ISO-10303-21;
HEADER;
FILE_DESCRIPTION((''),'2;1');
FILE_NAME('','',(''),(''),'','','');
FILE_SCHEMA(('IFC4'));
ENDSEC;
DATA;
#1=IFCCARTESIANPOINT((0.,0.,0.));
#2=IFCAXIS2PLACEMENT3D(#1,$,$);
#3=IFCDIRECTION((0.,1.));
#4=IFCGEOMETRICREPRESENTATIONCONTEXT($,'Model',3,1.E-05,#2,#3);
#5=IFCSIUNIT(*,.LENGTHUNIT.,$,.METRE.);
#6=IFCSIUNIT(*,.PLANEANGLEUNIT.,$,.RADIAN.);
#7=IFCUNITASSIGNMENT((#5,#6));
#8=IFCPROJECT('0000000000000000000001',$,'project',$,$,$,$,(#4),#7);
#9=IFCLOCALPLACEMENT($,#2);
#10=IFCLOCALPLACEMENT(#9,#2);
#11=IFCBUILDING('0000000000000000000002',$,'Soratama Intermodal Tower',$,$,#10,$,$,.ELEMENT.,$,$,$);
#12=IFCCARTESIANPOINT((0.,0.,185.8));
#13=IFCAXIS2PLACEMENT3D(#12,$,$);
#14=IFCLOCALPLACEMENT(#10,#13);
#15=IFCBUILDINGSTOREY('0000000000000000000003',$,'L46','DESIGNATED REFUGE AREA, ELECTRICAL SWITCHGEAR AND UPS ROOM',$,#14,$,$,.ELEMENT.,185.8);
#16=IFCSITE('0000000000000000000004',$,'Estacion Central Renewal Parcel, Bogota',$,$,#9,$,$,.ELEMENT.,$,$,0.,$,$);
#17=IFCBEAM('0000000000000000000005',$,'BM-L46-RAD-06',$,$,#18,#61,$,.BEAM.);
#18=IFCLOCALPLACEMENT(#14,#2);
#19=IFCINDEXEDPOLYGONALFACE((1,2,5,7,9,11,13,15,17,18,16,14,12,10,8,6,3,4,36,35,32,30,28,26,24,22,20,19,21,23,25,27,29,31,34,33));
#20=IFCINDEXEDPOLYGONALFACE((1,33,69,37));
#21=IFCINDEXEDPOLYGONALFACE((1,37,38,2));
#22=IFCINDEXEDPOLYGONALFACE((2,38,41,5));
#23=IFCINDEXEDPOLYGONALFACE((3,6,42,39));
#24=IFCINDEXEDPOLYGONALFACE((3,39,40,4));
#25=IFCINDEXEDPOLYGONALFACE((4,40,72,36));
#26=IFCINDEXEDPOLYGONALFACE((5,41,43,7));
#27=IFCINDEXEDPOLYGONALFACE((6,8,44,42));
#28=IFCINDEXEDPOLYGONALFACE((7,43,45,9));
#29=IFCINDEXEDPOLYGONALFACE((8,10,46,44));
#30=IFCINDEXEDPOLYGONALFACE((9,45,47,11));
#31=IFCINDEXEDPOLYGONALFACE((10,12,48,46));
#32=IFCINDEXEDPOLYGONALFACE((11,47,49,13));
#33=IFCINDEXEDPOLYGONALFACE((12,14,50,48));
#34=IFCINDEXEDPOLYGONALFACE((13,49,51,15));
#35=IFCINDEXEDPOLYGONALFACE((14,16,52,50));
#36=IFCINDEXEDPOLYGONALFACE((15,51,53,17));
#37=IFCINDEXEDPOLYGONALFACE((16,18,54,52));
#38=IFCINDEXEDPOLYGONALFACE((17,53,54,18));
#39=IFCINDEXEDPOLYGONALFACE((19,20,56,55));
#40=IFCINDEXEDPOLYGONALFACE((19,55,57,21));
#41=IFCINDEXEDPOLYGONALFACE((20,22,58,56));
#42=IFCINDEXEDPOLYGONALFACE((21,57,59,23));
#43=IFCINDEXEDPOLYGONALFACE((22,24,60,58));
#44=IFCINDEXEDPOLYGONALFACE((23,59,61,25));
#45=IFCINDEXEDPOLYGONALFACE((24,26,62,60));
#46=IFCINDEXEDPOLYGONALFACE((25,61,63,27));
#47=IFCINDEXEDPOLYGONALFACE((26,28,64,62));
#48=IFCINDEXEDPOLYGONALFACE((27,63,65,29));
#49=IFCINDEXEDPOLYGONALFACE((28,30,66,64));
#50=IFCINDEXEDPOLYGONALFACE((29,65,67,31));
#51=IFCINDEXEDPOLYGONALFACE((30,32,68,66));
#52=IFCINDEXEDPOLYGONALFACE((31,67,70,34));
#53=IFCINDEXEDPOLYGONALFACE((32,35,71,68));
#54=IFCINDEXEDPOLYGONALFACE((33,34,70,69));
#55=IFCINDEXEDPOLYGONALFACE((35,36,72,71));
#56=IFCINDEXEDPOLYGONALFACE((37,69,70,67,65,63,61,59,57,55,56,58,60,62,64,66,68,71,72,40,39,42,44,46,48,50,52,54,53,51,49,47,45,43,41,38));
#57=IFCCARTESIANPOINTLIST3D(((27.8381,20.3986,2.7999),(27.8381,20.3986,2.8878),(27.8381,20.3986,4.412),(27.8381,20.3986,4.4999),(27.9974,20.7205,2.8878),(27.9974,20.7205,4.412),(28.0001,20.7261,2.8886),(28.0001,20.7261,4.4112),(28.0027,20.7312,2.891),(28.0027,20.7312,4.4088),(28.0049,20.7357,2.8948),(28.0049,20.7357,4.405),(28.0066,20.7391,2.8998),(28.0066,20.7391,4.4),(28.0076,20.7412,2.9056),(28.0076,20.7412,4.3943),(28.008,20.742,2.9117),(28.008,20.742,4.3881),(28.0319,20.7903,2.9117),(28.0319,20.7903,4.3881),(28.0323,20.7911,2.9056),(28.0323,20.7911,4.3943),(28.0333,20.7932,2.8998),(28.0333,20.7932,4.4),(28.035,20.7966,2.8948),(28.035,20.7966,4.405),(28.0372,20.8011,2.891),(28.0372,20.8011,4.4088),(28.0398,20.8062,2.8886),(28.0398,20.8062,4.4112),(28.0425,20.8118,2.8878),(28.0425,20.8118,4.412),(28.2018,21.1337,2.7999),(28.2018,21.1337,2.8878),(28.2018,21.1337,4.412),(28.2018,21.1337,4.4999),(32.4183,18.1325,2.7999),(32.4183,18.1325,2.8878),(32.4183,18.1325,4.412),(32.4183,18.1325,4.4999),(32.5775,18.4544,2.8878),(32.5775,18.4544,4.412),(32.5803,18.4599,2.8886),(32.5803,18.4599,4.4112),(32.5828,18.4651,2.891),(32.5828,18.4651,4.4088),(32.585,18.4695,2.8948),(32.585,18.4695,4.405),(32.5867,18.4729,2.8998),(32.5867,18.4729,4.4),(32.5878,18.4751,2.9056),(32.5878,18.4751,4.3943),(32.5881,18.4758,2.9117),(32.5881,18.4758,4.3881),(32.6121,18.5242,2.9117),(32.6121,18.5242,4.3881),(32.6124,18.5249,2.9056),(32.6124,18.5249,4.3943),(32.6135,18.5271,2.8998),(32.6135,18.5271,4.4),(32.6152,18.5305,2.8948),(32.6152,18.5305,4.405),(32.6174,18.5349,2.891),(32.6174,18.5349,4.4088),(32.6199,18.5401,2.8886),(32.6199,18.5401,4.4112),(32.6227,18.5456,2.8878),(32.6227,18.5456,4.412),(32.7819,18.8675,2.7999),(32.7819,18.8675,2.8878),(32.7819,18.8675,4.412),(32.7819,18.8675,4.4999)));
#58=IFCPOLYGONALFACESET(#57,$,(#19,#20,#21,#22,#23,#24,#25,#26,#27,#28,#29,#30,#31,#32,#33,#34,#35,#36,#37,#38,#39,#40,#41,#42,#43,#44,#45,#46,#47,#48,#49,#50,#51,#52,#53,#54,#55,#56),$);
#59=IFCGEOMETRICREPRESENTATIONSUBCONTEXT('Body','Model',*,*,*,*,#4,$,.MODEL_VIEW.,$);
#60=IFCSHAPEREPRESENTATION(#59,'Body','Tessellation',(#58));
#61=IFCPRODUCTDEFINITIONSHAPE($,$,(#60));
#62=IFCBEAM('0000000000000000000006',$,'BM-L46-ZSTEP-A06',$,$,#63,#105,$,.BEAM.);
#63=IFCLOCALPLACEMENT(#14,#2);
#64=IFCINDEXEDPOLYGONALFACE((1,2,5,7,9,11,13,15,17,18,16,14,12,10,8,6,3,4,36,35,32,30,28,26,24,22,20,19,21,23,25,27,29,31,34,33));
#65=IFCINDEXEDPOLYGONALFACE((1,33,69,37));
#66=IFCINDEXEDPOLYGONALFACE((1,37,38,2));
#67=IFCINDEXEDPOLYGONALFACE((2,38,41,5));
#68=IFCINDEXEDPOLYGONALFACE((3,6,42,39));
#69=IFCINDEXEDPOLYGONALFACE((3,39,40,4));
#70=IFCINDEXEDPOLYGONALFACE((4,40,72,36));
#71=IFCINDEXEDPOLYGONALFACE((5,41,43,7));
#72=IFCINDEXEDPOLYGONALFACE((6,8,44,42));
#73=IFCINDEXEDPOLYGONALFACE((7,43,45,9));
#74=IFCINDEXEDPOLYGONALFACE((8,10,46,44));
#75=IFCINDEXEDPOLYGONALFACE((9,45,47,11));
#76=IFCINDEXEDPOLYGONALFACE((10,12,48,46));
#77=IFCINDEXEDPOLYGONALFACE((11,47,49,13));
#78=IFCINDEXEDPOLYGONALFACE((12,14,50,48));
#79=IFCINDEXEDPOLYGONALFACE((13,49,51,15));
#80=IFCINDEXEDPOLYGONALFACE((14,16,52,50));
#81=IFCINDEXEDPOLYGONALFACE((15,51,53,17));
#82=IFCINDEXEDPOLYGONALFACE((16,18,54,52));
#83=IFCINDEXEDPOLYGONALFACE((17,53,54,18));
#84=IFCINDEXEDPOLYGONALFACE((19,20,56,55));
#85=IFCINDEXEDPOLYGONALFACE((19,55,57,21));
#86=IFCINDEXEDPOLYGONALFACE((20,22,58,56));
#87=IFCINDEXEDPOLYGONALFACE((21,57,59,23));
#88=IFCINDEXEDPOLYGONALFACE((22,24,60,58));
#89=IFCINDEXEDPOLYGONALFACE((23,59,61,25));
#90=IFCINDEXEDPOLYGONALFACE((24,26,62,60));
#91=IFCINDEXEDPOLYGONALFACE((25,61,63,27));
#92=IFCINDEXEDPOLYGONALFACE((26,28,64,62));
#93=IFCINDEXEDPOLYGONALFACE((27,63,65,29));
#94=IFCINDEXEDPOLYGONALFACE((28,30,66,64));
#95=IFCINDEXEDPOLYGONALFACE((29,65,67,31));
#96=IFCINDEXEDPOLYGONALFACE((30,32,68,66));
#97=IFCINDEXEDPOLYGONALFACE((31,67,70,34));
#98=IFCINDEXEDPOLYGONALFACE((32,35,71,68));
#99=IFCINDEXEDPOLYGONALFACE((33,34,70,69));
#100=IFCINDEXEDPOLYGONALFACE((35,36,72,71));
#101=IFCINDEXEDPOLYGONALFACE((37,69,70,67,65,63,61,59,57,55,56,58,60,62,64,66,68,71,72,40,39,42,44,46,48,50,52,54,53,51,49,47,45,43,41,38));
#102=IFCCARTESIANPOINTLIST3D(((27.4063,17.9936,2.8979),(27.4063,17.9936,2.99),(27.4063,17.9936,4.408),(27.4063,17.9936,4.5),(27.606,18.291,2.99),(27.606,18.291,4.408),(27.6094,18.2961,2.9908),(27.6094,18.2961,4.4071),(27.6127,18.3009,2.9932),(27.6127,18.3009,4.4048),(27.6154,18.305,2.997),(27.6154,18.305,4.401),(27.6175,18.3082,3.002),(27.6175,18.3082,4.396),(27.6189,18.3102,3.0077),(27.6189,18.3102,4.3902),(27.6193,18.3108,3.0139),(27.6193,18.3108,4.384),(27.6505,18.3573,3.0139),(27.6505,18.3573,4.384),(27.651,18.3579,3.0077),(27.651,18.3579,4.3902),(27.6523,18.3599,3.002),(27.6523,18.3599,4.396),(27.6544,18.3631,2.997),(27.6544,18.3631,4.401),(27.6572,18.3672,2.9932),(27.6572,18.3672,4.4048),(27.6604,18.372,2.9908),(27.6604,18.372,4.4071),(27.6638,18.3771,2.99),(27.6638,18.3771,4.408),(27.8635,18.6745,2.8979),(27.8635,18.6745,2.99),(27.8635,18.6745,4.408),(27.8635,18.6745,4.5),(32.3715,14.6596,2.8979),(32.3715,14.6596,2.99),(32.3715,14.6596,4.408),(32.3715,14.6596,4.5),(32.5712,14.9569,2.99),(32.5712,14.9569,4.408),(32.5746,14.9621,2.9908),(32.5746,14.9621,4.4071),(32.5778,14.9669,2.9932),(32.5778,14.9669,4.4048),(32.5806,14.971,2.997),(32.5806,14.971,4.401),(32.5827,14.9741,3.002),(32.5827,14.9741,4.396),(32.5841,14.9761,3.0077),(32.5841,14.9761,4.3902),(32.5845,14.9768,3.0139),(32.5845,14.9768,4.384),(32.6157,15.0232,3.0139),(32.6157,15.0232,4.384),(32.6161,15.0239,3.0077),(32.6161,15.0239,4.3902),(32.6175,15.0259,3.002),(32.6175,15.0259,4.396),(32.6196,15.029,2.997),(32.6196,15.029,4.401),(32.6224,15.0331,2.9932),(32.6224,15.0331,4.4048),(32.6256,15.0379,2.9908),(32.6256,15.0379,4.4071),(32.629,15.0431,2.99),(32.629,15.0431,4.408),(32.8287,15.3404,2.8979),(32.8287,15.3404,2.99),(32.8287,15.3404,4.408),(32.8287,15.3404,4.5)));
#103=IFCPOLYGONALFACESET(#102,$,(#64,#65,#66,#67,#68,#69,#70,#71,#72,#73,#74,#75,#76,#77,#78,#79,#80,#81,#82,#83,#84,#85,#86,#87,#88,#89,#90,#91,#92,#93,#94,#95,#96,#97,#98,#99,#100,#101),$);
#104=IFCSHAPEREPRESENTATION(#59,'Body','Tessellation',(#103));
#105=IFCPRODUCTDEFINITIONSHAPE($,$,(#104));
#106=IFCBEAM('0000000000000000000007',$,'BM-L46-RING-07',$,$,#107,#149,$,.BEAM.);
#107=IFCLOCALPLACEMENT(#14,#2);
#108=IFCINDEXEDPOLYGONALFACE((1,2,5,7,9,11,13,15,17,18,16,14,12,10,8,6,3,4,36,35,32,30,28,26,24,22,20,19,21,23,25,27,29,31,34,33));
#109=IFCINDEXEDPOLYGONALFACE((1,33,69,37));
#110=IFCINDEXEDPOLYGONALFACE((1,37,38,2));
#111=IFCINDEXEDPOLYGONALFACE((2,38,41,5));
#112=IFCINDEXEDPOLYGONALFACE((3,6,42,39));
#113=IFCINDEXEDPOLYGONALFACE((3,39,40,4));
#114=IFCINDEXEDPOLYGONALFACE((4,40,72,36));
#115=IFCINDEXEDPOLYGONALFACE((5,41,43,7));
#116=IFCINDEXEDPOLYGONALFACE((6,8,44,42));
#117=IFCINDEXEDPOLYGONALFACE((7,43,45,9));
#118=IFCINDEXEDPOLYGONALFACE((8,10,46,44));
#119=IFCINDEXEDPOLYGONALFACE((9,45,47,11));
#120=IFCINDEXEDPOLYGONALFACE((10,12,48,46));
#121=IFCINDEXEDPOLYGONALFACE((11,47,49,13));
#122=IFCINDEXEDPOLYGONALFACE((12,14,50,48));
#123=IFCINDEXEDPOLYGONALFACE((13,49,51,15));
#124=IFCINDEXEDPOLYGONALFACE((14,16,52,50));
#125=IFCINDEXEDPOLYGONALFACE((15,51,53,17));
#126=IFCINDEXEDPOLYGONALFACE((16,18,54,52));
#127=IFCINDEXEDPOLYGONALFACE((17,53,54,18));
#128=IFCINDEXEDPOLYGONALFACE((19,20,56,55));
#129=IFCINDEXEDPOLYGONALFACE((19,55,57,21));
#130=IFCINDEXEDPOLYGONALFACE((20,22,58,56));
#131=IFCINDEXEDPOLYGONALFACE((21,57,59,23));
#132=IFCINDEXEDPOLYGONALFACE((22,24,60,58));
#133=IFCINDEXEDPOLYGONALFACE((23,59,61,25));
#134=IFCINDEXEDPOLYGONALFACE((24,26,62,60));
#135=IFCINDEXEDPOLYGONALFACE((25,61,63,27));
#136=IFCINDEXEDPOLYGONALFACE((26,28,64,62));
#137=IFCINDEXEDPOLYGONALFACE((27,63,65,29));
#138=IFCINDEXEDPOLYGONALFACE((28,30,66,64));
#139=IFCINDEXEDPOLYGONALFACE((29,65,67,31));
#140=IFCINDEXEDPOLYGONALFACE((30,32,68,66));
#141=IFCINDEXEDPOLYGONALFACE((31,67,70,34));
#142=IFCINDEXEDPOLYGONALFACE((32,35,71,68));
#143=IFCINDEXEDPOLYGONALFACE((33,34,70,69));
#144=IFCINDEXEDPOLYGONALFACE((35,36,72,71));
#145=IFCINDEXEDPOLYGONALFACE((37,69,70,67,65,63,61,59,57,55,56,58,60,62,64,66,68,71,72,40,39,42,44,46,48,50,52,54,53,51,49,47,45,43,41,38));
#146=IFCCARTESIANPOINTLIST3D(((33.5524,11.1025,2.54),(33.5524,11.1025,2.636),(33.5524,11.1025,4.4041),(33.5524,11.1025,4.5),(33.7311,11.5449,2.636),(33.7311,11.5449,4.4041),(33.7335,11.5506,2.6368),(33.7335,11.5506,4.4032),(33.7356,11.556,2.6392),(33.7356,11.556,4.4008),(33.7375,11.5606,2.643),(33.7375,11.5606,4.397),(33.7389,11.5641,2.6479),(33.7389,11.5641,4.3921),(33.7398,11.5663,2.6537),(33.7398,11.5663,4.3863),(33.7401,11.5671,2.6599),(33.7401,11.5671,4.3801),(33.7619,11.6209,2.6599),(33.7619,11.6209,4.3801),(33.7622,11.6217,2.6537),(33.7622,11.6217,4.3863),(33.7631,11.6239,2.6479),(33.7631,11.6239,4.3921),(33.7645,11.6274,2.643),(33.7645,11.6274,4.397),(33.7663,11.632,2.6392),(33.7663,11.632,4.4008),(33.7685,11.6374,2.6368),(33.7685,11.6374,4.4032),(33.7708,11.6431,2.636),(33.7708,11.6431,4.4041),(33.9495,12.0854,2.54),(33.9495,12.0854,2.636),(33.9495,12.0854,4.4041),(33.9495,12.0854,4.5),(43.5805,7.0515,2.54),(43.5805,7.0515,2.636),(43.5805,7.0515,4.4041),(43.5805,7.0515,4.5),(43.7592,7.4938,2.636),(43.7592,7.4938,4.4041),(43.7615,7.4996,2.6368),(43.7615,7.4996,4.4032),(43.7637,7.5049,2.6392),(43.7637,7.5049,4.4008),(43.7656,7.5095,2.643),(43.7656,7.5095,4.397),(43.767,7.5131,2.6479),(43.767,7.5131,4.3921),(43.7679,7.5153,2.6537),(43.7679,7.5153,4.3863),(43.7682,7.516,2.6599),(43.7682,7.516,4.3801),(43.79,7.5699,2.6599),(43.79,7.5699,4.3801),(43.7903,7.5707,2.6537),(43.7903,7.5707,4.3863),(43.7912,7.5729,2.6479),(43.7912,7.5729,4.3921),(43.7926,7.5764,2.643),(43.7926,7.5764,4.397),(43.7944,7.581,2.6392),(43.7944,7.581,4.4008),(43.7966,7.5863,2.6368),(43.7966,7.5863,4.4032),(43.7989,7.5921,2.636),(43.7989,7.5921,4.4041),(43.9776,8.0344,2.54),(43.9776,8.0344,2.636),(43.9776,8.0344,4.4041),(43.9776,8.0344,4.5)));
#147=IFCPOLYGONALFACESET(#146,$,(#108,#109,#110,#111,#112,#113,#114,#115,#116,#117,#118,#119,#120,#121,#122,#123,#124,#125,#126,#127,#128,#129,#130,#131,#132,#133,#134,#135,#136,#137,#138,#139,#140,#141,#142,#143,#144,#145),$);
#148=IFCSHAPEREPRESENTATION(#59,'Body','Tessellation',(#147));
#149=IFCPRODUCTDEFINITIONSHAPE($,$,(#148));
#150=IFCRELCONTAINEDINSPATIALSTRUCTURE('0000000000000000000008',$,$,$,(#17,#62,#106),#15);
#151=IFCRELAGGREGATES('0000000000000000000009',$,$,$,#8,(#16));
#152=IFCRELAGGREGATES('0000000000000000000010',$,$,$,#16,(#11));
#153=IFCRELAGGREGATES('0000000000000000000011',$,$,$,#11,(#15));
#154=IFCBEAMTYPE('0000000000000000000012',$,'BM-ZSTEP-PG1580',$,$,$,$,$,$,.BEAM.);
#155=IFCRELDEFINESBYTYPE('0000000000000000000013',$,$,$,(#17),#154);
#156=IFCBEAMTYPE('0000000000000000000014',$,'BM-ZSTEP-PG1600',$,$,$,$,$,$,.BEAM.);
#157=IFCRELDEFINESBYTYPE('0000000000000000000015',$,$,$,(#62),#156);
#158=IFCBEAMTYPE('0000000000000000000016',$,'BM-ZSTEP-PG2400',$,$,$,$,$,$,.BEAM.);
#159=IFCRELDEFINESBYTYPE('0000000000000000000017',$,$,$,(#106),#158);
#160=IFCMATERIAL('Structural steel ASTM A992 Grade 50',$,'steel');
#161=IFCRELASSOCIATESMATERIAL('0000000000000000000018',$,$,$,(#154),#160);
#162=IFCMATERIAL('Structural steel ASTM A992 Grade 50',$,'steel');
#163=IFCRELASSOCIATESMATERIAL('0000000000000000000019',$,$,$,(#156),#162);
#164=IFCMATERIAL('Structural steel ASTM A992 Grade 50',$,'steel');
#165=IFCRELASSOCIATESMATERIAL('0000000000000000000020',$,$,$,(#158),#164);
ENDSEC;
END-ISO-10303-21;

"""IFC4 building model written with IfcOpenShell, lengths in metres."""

from ifc_helpers import new_model, si_unit, direction, frame, origin, origin_2d, place, context, subcontext, project, spatial, i_section, extrude, material, material_profile, profile_set, type_object, element, save


model = new_model("IFC4")

# Units and contexts
model_context = context("Model", 3, precision=1e-05, world=origin(), true_north=direction((0.0, 1.0)))
body_context = subcontext(model_context, "Body", "Model", "MODEL_VIEW")
ifc_project = project(units=[si_unit("LENGTHUNIT", "METRE"), si_unit("PLANEANGLEUNIT", "RADIAN")], contexts=[model_context])

# Site, building, storey
site_placement = place(None, origin())
site = spatial("IfcSite", under=ifc_project, at=site_placement, Name="Estacion Central Renewal Parcel, Bogota", CompositionType="ELEMENT", RefElevation=0.0)
building_placement = place(site_placement, origin())
building = spatial("IfcBuilding", under=site, at=building_placement, Name="Soratama Intermodal Tower", CompositionType="ELEMENT")
storey_placement = place(building_placement, frame((0.0, 0.0, 185.8)))
storey = spatial("IfcBuildingStorey", under=building, at=storey_placement, Name="L46", Description="DESIGNATED REFUGE AREA, ELECTRICAL SWITCHGEAR AND UPS ROOM", CompositionType="ELEMENT", Elevation=185.8)

# Beams
ifc_material_1 = material(Name="Structural steel ASTM A992 Grade 50", Category="steel")
ifc_material_profile_1 = material_profile(ifc_material_1, i_section(OverallWidth=0.8201, OverallDepth=1.7, WebThickness=0.054, FlangeThickness=0.0879, FilletRadius=0.0239, at=origin_2d()), Name="PG1580X800")
ifc_profile_set_1 = profile_set([ifc_material_profile_1], Name="Structural steel ASTM A992 Grade 50")
beam_type_1 = type_object("IfcBeamType", Name="BM-ZSTEP-PG1580", PredefinedType="BEAM", material=ifc_profile_set_1)
beam_1_placement = place(storey_placement, frame((32.6001, 18.5, 3.6499), z_axis=(-0.896292, 0.443464, 0.0), x_axis=(-0.443464, -0.896292, 0.0)))
element("IfcBeam", 1, at=beam_1_placement, inside=storey, type_object=beam_type_1, Name="BM-L46-RAD-06", PredefinedType="BEAM", context=body_context, shape_type="SweptSolid", body=[
    extrude(i_section(OverallWidth=0.8201, OverallDepth=1.7, WebThickness=0.054, FlangeThickness=0.0879, FilletRadius=0.0239, at=origin_2d()), origin(), (0.0, 0.0, 1.0), 5.1101),
])
ifc_material_2 = material(Name="Structural steel ASTM A992 Grade 50", Category="steel")
ifc_material_profile_2 = material_profile(ifc_material_2, i_section(OverallWidth=0.8201, OverallDepth=1.6021, WebThickness=0.0559, FlangeThickness=0.092, FilletRadius=0.0239, at=origin_2d()), Name="PG1600X650")
ifc_profile_set_2 = profile_set([ifc_material_profile_2], Name="Structural steel ASTM A992 Grade 50")
beam_type_2 = type_object("IfcBeamType", Name="BM-ZSTEP-PG1600", PredefinedType="BEAM", material=ifc_profile_set_2)
beam_2_placement = place(storey_placement, frame((32.6001, 15.0, 3.699), z_axis=(-0.830199, 0.557467, 0.0), x_axis=(-0.557467, -0.830199, 0.0)))
element("IfcBeam", 2, at=beam_2_placement, inside=storey, type_object=beam_type_2, Name="BM-L46-ZSTEP-A06", PredefinedType="BEAM", context=body_context, shape_type="SweptSolid", body=[
    extrude(i_section(OverallWidth=0.8201, OverallDepth=1.6021, WebThickness=0.0559, FlangeThickness=0.092, FilletRadius=0.0239, at=origin_2d()), origin(), (0.0, 0.0, 1.0), 5.9807),
])
ifc_material_3 = material(Name="Structural steel ASTM A992 Grade 50", Category="steel")
ifc_material_profile_3 = material_profile(ifc_material_3, i_section(OverallWidth=1.0601, OverallDepth=1.96, WebThickness=0.0581, FlangeThickness=0.0959, FilletRadius=0.0239, at=origin_2d()), Name="PG2400X900")
ifc_profile_set_3 = profile_set([ifc_material_profile_3], Name="Structural steel ASTM A992 Grade 50")
beam_type_3 = type_object("IfcBeamType", Name="BM-ZSTEP-PG2400", PredefinedType="BEAM", material=ifc_profile_set_3)
beam_3_placement = place(storey_placement, frame((33.751, 11.594, 3.52), z_axis=(0.927202, -0.37456, 0.0), x_axis=(0.37456, 0.927202, 0.0)))
element("IfcBeam", 3, at=beam_3_placement, inside=storey, type_object=beam_type_3, Name="BM-L46-RING-07", PredefinedType="BEAM", context=body_context, shape_type="SweptSolid", body=[
    extrude(i_section(OverallWidth=1.0601, OverallDepth=1.96, WebThickness=0.0581, FlangeThickness=0.0959, FilletRadius=0.0239, at=origin_2d()), origin(), (0.0, 0.0, 1.0), 10.8154),
])

save(model, "model.ifc")
